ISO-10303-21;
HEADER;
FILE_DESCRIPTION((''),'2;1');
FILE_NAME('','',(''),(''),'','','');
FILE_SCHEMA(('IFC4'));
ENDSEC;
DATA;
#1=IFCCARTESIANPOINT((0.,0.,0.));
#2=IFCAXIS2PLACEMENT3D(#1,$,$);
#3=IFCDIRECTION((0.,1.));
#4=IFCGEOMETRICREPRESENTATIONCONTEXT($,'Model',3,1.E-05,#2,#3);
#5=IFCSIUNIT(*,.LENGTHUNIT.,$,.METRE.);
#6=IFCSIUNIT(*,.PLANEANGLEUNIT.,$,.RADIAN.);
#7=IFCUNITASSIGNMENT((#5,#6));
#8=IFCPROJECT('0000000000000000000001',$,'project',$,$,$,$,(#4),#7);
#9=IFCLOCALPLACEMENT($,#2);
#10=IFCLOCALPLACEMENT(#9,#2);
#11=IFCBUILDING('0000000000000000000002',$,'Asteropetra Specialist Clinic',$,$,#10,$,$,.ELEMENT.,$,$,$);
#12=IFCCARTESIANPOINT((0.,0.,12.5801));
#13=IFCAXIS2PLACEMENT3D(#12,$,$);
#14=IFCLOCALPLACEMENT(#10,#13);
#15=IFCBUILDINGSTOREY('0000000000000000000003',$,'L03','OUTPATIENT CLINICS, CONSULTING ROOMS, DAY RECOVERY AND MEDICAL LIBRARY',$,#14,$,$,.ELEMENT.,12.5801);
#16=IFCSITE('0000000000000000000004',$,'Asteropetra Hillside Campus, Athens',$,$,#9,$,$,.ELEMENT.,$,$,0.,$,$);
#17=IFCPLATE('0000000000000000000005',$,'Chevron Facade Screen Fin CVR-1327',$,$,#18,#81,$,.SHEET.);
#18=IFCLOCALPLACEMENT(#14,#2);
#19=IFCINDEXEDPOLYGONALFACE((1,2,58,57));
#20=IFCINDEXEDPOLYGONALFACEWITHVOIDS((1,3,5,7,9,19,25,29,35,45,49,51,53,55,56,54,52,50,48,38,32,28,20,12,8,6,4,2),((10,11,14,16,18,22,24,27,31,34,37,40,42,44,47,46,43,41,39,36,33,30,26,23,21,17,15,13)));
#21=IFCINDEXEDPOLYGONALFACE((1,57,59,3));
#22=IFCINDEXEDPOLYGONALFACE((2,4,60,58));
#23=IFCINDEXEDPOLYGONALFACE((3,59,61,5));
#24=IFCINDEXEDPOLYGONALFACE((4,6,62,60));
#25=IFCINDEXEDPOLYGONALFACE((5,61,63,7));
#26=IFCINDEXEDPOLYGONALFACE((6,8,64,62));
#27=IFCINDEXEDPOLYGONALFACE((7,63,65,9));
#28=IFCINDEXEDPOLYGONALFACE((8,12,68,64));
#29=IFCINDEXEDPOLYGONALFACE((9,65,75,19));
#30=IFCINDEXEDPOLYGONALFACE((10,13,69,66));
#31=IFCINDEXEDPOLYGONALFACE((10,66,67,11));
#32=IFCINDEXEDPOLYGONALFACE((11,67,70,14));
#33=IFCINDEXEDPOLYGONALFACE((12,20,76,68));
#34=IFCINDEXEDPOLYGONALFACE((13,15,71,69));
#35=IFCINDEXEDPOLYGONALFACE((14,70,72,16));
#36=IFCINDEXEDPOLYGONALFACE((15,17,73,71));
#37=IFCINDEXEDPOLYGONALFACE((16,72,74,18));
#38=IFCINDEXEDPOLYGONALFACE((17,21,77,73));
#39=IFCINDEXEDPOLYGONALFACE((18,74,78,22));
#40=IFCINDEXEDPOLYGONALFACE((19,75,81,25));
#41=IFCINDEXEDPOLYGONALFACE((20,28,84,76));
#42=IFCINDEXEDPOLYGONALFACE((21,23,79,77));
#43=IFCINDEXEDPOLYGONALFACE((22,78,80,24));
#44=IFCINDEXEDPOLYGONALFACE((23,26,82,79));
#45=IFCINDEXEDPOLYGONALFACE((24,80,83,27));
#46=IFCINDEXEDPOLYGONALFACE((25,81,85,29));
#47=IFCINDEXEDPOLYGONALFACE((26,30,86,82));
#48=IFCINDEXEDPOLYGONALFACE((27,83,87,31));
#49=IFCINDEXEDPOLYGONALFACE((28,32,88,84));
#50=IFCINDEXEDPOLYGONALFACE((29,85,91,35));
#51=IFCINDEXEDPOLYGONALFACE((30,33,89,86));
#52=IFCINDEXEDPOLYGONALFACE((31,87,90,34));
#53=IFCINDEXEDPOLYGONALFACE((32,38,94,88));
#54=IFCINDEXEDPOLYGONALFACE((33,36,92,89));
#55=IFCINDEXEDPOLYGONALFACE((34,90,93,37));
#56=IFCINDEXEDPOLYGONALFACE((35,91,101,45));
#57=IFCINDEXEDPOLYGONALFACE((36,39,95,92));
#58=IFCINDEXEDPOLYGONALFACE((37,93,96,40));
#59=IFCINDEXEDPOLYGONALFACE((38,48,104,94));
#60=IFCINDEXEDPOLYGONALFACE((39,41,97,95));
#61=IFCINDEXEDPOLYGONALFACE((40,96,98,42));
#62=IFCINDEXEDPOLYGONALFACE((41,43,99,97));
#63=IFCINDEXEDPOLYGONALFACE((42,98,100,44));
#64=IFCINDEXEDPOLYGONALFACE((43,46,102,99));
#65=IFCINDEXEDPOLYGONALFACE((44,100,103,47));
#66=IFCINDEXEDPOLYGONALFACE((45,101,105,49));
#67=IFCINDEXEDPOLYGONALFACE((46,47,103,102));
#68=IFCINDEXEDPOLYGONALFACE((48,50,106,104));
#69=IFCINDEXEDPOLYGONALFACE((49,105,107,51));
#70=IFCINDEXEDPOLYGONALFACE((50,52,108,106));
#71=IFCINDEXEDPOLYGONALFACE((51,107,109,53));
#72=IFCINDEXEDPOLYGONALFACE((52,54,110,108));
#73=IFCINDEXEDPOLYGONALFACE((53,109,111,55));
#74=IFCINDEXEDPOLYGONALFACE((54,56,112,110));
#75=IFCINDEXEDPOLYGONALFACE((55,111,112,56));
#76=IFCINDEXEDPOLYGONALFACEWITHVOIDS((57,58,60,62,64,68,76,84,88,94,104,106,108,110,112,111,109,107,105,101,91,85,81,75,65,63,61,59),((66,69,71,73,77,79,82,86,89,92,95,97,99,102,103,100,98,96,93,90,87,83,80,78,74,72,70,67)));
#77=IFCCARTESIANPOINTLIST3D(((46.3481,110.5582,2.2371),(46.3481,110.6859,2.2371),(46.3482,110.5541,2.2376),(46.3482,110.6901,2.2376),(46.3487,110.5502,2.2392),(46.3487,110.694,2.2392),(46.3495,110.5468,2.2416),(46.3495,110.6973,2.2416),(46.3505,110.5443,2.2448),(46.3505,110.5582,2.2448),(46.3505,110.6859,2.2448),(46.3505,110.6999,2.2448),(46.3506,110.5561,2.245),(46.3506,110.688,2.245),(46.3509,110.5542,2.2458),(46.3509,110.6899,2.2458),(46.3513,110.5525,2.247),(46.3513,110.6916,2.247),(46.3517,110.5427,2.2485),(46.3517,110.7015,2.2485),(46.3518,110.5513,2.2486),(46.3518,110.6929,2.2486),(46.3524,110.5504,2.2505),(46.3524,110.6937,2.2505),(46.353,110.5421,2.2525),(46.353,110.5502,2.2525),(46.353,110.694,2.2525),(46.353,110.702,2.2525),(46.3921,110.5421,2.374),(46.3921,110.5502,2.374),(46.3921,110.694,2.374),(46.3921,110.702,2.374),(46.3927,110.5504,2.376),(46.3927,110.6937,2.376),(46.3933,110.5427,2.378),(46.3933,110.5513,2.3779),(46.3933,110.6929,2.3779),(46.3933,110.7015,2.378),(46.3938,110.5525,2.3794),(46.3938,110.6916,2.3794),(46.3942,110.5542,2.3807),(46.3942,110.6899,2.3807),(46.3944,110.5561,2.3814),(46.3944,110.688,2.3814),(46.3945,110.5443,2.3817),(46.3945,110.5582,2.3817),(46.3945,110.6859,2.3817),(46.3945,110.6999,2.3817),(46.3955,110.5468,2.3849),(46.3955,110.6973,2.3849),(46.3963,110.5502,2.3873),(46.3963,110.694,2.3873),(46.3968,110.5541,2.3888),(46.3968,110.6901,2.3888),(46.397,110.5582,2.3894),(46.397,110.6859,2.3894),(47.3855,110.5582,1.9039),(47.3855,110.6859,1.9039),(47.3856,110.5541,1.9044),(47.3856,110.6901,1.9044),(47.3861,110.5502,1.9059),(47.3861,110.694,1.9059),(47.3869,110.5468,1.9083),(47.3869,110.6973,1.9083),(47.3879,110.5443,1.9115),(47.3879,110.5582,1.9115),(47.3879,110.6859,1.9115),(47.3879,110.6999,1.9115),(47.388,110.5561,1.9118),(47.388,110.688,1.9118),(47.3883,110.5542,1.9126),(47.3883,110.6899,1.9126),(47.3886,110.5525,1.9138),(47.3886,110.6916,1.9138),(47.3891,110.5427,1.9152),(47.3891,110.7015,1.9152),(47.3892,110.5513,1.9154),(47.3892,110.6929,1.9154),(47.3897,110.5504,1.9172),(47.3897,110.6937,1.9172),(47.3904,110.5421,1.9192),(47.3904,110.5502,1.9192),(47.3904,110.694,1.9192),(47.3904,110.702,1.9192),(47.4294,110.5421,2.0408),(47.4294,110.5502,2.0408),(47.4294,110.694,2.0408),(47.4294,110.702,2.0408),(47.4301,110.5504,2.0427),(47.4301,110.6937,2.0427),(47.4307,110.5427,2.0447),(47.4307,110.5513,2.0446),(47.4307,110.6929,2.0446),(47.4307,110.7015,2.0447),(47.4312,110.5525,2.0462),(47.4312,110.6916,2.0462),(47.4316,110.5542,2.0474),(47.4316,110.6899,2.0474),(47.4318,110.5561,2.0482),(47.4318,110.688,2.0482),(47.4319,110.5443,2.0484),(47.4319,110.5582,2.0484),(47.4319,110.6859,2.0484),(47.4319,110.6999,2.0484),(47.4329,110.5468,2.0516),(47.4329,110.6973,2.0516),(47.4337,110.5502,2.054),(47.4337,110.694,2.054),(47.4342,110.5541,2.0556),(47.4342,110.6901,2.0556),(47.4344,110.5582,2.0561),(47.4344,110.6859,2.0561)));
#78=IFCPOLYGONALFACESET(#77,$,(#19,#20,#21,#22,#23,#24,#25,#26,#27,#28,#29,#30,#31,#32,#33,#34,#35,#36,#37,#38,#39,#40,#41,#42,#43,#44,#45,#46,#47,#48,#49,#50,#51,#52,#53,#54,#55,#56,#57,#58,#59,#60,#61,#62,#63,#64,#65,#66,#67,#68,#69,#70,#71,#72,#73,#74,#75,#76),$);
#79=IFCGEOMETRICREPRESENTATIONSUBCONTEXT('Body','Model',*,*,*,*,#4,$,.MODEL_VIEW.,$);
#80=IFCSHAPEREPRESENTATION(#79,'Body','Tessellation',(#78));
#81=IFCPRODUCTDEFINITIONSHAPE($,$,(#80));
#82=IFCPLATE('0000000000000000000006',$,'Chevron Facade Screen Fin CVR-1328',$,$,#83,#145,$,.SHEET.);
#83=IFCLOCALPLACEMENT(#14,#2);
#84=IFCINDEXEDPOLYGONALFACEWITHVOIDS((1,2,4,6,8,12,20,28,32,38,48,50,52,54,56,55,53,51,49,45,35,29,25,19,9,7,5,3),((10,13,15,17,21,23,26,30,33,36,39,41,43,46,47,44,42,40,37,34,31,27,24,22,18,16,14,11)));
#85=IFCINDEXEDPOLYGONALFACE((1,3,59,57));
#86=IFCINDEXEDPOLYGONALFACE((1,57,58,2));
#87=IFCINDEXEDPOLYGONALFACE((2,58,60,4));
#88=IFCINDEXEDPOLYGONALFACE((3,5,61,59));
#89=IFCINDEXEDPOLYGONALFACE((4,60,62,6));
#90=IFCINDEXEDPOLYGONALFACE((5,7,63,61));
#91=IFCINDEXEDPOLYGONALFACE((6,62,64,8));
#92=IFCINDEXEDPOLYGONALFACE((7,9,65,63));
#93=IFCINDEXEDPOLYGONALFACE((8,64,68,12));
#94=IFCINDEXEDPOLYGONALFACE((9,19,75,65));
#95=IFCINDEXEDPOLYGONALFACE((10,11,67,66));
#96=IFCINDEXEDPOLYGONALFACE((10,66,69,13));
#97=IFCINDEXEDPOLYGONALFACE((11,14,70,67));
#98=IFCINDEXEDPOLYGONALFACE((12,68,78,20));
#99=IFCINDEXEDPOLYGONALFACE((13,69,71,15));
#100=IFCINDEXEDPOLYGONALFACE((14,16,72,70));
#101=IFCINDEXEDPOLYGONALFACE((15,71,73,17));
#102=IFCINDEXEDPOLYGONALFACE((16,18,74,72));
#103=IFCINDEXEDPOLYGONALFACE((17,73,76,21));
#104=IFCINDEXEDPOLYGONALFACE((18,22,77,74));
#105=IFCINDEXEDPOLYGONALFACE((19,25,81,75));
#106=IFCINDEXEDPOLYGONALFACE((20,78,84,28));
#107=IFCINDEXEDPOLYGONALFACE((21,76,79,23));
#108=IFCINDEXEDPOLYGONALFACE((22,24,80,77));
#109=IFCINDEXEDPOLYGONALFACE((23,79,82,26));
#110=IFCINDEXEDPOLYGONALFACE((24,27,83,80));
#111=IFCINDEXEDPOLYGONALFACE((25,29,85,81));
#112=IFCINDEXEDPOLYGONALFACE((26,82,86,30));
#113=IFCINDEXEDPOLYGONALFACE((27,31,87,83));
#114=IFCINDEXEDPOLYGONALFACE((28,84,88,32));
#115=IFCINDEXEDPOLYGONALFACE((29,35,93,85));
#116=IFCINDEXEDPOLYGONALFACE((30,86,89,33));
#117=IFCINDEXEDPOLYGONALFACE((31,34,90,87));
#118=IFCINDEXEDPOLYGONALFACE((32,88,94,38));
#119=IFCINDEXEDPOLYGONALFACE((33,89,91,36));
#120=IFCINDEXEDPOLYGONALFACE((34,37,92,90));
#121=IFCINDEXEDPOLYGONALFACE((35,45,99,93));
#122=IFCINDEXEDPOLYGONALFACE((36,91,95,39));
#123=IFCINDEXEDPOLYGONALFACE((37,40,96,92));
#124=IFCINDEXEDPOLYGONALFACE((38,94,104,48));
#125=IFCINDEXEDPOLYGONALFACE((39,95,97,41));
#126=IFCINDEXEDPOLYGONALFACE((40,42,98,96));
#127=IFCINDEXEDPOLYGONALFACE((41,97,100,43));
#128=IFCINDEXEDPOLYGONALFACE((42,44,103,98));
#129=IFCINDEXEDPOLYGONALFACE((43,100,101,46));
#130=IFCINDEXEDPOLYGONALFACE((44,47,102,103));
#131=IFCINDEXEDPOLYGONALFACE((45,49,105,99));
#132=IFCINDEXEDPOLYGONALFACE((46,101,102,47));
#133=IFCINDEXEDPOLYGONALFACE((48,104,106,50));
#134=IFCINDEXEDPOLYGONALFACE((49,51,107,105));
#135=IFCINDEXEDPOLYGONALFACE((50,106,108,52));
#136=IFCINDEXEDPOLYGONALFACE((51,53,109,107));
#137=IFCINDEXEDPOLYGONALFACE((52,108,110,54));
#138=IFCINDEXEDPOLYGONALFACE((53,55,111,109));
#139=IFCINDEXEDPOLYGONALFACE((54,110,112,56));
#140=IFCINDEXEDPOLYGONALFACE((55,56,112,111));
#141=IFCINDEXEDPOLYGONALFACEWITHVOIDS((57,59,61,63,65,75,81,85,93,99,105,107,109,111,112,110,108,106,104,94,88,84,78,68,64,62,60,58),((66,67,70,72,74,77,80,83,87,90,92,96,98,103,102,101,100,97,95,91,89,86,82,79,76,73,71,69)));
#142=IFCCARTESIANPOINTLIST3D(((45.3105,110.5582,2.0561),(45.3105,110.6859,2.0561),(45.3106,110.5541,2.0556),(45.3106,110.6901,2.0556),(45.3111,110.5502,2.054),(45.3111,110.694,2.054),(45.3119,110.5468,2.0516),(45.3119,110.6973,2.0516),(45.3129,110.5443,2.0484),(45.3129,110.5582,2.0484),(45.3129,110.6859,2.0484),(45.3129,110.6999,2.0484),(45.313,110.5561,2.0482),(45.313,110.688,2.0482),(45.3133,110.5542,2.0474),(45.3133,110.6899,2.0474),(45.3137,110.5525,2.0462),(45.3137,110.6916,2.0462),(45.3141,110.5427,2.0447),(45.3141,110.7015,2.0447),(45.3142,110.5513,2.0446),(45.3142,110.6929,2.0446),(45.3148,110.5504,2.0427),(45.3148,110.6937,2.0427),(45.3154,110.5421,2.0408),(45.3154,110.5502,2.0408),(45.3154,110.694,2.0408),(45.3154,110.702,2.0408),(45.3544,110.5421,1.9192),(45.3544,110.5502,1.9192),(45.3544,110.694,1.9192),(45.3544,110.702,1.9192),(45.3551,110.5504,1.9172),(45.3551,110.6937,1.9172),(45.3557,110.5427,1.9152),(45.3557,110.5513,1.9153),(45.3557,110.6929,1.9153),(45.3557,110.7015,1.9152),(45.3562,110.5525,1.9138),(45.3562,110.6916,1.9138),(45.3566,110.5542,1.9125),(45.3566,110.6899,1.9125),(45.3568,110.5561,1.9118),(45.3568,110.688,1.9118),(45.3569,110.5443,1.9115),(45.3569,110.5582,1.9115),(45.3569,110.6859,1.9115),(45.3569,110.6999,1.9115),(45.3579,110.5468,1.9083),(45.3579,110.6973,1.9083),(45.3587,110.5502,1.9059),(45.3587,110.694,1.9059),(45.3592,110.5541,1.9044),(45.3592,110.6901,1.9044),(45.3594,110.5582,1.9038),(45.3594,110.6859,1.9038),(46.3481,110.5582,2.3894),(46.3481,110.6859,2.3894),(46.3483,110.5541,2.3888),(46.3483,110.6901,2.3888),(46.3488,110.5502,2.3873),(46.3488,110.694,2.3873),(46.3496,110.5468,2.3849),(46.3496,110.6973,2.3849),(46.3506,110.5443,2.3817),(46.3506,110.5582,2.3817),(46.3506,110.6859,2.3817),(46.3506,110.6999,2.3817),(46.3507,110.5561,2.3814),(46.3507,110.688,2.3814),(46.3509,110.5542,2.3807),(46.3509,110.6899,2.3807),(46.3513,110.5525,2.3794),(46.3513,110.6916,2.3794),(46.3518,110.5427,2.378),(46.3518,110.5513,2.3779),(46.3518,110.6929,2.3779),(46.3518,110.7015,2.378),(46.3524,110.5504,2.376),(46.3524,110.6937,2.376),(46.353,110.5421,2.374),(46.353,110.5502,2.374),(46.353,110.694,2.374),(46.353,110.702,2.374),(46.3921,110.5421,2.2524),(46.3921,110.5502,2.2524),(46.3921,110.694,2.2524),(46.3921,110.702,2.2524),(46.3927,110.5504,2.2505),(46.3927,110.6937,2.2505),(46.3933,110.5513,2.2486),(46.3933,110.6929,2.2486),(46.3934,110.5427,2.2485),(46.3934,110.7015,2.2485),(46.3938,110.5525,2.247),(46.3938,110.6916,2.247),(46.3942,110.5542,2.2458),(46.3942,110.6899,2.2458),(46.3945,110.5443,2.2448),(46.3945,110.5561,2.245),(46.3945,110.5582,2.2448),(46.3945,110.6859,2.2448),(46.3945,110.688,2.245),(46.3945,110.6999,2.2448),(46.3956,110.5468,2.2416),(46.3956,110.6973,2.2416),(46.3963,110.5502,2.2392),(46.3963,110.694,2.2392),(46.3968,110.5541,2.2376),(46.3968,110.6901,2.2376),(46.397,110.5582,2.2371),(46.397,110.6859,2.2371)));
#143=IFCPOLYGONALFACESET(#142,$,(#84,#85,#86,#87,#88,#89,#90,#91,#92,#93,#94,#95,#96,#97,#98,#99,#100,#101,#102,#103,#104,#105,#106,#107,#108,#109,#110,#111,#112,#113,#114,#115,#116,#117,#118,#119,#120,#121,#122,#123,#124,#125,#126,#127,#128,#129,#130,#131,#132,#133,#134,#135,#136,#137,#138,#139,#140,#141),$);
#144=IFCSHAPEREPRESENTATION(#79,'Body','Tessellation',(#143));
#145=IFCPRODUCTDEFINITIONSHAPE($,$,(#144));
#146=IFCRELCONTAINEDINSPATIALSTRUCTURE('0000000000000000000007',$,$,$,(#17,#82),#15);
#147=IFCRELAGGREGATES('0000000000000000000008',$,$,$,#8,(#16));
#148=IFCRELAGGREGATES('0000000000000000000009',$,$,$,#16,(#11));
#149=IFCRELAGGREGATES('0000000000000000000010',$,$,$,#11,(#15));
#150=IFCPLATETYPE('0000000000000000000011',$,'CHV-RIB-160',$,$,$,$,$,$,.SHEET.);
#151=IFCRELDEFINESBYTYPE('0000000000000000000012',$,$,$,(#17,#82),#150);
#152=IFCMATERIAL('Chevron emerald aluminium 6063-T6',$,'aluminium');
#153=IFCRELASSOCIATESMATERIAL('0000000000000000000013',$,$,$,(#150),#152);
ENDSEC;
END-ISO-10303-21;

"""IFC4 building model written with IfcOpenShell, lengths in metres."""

from ifc_helpers import new_model, si_unit, direction, frame, origin, origin_2d, place, context, subcontext, project, spatial, hollow_rectangle, extrude, material, material_profile, profile_set, type_object, element, save


model = new_model("IFC4")

# Units and contexts
model_context = context("Model", 3, precision=1e-05, world=origin(), true_north=direction((0.0, 1.0)))
body_context = subcontext(model_context, "Body", "Model", "MODEL_VIEW")
ifc_project = project(units=[si_unit("LENGTHUNIT", "METRE"), si_unit("PLANEANGLEUNIT", "RADIAN")], contexts=[model_context])

# Site, building, storey
site_placement = place(None, origin())
site = spatial("IfcSite", under=ifc_project, at=site_placement, Name="Asteropetra Hillside Campus, Athens", CompositionType="ELEMENT", RefElevation=0.0)
building_placement = place(site_placement, origin())
building = spatial("IfcBuilding", under=site, at=building_placement, Name="Asteropetra Specialist Clinic", CompositionType="ELEMENT")
storey_placement = place(building_placement, frame((0.0, 0.0, 12.5801)))
storey = spatial("IfcBuildingStorey", under=building, at=storey_placement, Name="L03", Description="OUTPATIENT CLINICS, CONSULTING ROOMS, DAY RECOVERY AND MEDICAL LIBRARY", CompositionType="ELEMENT", Elevation=12.5801)

# Plates
ifc_material_1 = material(Name="Chevron emerald aluminium 6063-T6", Category="aluminium")
ifc_material_profile = material_profile(ifc_material_1, hollow_rectangle(XDim=0.1599, YDim=0.1599, WallThickness=0.0081, InnerFilletRadius=0.0081, OuterFilletRadius=0.0161, at=origin_2d()), Name="SHS 160x160x8.0")
ifc_profile_set = profile_set([ifc_material_profile], Name="Chevron emerald aluminium 6063-T6")
plate_type_1 = type_object("IfcPlateType", Name="CHV-RIB-160", PredefinedType="SHEET", material=ifc_profile_set)
plate_1_placement = place(storey_placement, frame((47.4099, 110.6221, 1.98), z_axis=(-0.952078, 0.0, 0.305857), x_axis=(0.0, -1.0, 0.0)))
element("IfcPlate", 1, at=plate_1_placement, inside=storey, type_object=plate_type_1, Name="Chevron Facade Screen Fin CVR-1327", PredefinedType="SHEET", context=body_context, shape_type="SweptSolid", body=[
    extrude(hollow_rectangle(XDim=0.1599, YDim=0.1599, WallThickness=0.0081, InnerFilletRadius=0.0081, OuterFilletRadius=0.0161, at=origin_2d()), origin(), (0.0, 0.0, 1.0), 1.0896),
])
plate_2_placement = place(storey_placement, frame((46.3726, 110.6221, 2.3132), z_axis=(-0.952098, 0.0, -0.305792), x_axis=(0.0, -1.0, 0.0)))
element("IfcPlate", 2, at=plate_2_placement, inside=storey, type_object=plate_type_1, Name="Chevron Facade Screen Fin CVR-1328", PredefinedType="SHEET", context=body_context, shape_type="SweptSolid", body=[
    extrude(hollow_rectangle(XDim=0.1599, YDim=0.1599, WallThickness=0.0081, InnerFilletRadius=0.0081, OuterFilletRadius=0.0161, at=origin_2d()), origin(), (0.0, 0.0, 1.0), 1.0898),
])

save(model, "model.ifc")
